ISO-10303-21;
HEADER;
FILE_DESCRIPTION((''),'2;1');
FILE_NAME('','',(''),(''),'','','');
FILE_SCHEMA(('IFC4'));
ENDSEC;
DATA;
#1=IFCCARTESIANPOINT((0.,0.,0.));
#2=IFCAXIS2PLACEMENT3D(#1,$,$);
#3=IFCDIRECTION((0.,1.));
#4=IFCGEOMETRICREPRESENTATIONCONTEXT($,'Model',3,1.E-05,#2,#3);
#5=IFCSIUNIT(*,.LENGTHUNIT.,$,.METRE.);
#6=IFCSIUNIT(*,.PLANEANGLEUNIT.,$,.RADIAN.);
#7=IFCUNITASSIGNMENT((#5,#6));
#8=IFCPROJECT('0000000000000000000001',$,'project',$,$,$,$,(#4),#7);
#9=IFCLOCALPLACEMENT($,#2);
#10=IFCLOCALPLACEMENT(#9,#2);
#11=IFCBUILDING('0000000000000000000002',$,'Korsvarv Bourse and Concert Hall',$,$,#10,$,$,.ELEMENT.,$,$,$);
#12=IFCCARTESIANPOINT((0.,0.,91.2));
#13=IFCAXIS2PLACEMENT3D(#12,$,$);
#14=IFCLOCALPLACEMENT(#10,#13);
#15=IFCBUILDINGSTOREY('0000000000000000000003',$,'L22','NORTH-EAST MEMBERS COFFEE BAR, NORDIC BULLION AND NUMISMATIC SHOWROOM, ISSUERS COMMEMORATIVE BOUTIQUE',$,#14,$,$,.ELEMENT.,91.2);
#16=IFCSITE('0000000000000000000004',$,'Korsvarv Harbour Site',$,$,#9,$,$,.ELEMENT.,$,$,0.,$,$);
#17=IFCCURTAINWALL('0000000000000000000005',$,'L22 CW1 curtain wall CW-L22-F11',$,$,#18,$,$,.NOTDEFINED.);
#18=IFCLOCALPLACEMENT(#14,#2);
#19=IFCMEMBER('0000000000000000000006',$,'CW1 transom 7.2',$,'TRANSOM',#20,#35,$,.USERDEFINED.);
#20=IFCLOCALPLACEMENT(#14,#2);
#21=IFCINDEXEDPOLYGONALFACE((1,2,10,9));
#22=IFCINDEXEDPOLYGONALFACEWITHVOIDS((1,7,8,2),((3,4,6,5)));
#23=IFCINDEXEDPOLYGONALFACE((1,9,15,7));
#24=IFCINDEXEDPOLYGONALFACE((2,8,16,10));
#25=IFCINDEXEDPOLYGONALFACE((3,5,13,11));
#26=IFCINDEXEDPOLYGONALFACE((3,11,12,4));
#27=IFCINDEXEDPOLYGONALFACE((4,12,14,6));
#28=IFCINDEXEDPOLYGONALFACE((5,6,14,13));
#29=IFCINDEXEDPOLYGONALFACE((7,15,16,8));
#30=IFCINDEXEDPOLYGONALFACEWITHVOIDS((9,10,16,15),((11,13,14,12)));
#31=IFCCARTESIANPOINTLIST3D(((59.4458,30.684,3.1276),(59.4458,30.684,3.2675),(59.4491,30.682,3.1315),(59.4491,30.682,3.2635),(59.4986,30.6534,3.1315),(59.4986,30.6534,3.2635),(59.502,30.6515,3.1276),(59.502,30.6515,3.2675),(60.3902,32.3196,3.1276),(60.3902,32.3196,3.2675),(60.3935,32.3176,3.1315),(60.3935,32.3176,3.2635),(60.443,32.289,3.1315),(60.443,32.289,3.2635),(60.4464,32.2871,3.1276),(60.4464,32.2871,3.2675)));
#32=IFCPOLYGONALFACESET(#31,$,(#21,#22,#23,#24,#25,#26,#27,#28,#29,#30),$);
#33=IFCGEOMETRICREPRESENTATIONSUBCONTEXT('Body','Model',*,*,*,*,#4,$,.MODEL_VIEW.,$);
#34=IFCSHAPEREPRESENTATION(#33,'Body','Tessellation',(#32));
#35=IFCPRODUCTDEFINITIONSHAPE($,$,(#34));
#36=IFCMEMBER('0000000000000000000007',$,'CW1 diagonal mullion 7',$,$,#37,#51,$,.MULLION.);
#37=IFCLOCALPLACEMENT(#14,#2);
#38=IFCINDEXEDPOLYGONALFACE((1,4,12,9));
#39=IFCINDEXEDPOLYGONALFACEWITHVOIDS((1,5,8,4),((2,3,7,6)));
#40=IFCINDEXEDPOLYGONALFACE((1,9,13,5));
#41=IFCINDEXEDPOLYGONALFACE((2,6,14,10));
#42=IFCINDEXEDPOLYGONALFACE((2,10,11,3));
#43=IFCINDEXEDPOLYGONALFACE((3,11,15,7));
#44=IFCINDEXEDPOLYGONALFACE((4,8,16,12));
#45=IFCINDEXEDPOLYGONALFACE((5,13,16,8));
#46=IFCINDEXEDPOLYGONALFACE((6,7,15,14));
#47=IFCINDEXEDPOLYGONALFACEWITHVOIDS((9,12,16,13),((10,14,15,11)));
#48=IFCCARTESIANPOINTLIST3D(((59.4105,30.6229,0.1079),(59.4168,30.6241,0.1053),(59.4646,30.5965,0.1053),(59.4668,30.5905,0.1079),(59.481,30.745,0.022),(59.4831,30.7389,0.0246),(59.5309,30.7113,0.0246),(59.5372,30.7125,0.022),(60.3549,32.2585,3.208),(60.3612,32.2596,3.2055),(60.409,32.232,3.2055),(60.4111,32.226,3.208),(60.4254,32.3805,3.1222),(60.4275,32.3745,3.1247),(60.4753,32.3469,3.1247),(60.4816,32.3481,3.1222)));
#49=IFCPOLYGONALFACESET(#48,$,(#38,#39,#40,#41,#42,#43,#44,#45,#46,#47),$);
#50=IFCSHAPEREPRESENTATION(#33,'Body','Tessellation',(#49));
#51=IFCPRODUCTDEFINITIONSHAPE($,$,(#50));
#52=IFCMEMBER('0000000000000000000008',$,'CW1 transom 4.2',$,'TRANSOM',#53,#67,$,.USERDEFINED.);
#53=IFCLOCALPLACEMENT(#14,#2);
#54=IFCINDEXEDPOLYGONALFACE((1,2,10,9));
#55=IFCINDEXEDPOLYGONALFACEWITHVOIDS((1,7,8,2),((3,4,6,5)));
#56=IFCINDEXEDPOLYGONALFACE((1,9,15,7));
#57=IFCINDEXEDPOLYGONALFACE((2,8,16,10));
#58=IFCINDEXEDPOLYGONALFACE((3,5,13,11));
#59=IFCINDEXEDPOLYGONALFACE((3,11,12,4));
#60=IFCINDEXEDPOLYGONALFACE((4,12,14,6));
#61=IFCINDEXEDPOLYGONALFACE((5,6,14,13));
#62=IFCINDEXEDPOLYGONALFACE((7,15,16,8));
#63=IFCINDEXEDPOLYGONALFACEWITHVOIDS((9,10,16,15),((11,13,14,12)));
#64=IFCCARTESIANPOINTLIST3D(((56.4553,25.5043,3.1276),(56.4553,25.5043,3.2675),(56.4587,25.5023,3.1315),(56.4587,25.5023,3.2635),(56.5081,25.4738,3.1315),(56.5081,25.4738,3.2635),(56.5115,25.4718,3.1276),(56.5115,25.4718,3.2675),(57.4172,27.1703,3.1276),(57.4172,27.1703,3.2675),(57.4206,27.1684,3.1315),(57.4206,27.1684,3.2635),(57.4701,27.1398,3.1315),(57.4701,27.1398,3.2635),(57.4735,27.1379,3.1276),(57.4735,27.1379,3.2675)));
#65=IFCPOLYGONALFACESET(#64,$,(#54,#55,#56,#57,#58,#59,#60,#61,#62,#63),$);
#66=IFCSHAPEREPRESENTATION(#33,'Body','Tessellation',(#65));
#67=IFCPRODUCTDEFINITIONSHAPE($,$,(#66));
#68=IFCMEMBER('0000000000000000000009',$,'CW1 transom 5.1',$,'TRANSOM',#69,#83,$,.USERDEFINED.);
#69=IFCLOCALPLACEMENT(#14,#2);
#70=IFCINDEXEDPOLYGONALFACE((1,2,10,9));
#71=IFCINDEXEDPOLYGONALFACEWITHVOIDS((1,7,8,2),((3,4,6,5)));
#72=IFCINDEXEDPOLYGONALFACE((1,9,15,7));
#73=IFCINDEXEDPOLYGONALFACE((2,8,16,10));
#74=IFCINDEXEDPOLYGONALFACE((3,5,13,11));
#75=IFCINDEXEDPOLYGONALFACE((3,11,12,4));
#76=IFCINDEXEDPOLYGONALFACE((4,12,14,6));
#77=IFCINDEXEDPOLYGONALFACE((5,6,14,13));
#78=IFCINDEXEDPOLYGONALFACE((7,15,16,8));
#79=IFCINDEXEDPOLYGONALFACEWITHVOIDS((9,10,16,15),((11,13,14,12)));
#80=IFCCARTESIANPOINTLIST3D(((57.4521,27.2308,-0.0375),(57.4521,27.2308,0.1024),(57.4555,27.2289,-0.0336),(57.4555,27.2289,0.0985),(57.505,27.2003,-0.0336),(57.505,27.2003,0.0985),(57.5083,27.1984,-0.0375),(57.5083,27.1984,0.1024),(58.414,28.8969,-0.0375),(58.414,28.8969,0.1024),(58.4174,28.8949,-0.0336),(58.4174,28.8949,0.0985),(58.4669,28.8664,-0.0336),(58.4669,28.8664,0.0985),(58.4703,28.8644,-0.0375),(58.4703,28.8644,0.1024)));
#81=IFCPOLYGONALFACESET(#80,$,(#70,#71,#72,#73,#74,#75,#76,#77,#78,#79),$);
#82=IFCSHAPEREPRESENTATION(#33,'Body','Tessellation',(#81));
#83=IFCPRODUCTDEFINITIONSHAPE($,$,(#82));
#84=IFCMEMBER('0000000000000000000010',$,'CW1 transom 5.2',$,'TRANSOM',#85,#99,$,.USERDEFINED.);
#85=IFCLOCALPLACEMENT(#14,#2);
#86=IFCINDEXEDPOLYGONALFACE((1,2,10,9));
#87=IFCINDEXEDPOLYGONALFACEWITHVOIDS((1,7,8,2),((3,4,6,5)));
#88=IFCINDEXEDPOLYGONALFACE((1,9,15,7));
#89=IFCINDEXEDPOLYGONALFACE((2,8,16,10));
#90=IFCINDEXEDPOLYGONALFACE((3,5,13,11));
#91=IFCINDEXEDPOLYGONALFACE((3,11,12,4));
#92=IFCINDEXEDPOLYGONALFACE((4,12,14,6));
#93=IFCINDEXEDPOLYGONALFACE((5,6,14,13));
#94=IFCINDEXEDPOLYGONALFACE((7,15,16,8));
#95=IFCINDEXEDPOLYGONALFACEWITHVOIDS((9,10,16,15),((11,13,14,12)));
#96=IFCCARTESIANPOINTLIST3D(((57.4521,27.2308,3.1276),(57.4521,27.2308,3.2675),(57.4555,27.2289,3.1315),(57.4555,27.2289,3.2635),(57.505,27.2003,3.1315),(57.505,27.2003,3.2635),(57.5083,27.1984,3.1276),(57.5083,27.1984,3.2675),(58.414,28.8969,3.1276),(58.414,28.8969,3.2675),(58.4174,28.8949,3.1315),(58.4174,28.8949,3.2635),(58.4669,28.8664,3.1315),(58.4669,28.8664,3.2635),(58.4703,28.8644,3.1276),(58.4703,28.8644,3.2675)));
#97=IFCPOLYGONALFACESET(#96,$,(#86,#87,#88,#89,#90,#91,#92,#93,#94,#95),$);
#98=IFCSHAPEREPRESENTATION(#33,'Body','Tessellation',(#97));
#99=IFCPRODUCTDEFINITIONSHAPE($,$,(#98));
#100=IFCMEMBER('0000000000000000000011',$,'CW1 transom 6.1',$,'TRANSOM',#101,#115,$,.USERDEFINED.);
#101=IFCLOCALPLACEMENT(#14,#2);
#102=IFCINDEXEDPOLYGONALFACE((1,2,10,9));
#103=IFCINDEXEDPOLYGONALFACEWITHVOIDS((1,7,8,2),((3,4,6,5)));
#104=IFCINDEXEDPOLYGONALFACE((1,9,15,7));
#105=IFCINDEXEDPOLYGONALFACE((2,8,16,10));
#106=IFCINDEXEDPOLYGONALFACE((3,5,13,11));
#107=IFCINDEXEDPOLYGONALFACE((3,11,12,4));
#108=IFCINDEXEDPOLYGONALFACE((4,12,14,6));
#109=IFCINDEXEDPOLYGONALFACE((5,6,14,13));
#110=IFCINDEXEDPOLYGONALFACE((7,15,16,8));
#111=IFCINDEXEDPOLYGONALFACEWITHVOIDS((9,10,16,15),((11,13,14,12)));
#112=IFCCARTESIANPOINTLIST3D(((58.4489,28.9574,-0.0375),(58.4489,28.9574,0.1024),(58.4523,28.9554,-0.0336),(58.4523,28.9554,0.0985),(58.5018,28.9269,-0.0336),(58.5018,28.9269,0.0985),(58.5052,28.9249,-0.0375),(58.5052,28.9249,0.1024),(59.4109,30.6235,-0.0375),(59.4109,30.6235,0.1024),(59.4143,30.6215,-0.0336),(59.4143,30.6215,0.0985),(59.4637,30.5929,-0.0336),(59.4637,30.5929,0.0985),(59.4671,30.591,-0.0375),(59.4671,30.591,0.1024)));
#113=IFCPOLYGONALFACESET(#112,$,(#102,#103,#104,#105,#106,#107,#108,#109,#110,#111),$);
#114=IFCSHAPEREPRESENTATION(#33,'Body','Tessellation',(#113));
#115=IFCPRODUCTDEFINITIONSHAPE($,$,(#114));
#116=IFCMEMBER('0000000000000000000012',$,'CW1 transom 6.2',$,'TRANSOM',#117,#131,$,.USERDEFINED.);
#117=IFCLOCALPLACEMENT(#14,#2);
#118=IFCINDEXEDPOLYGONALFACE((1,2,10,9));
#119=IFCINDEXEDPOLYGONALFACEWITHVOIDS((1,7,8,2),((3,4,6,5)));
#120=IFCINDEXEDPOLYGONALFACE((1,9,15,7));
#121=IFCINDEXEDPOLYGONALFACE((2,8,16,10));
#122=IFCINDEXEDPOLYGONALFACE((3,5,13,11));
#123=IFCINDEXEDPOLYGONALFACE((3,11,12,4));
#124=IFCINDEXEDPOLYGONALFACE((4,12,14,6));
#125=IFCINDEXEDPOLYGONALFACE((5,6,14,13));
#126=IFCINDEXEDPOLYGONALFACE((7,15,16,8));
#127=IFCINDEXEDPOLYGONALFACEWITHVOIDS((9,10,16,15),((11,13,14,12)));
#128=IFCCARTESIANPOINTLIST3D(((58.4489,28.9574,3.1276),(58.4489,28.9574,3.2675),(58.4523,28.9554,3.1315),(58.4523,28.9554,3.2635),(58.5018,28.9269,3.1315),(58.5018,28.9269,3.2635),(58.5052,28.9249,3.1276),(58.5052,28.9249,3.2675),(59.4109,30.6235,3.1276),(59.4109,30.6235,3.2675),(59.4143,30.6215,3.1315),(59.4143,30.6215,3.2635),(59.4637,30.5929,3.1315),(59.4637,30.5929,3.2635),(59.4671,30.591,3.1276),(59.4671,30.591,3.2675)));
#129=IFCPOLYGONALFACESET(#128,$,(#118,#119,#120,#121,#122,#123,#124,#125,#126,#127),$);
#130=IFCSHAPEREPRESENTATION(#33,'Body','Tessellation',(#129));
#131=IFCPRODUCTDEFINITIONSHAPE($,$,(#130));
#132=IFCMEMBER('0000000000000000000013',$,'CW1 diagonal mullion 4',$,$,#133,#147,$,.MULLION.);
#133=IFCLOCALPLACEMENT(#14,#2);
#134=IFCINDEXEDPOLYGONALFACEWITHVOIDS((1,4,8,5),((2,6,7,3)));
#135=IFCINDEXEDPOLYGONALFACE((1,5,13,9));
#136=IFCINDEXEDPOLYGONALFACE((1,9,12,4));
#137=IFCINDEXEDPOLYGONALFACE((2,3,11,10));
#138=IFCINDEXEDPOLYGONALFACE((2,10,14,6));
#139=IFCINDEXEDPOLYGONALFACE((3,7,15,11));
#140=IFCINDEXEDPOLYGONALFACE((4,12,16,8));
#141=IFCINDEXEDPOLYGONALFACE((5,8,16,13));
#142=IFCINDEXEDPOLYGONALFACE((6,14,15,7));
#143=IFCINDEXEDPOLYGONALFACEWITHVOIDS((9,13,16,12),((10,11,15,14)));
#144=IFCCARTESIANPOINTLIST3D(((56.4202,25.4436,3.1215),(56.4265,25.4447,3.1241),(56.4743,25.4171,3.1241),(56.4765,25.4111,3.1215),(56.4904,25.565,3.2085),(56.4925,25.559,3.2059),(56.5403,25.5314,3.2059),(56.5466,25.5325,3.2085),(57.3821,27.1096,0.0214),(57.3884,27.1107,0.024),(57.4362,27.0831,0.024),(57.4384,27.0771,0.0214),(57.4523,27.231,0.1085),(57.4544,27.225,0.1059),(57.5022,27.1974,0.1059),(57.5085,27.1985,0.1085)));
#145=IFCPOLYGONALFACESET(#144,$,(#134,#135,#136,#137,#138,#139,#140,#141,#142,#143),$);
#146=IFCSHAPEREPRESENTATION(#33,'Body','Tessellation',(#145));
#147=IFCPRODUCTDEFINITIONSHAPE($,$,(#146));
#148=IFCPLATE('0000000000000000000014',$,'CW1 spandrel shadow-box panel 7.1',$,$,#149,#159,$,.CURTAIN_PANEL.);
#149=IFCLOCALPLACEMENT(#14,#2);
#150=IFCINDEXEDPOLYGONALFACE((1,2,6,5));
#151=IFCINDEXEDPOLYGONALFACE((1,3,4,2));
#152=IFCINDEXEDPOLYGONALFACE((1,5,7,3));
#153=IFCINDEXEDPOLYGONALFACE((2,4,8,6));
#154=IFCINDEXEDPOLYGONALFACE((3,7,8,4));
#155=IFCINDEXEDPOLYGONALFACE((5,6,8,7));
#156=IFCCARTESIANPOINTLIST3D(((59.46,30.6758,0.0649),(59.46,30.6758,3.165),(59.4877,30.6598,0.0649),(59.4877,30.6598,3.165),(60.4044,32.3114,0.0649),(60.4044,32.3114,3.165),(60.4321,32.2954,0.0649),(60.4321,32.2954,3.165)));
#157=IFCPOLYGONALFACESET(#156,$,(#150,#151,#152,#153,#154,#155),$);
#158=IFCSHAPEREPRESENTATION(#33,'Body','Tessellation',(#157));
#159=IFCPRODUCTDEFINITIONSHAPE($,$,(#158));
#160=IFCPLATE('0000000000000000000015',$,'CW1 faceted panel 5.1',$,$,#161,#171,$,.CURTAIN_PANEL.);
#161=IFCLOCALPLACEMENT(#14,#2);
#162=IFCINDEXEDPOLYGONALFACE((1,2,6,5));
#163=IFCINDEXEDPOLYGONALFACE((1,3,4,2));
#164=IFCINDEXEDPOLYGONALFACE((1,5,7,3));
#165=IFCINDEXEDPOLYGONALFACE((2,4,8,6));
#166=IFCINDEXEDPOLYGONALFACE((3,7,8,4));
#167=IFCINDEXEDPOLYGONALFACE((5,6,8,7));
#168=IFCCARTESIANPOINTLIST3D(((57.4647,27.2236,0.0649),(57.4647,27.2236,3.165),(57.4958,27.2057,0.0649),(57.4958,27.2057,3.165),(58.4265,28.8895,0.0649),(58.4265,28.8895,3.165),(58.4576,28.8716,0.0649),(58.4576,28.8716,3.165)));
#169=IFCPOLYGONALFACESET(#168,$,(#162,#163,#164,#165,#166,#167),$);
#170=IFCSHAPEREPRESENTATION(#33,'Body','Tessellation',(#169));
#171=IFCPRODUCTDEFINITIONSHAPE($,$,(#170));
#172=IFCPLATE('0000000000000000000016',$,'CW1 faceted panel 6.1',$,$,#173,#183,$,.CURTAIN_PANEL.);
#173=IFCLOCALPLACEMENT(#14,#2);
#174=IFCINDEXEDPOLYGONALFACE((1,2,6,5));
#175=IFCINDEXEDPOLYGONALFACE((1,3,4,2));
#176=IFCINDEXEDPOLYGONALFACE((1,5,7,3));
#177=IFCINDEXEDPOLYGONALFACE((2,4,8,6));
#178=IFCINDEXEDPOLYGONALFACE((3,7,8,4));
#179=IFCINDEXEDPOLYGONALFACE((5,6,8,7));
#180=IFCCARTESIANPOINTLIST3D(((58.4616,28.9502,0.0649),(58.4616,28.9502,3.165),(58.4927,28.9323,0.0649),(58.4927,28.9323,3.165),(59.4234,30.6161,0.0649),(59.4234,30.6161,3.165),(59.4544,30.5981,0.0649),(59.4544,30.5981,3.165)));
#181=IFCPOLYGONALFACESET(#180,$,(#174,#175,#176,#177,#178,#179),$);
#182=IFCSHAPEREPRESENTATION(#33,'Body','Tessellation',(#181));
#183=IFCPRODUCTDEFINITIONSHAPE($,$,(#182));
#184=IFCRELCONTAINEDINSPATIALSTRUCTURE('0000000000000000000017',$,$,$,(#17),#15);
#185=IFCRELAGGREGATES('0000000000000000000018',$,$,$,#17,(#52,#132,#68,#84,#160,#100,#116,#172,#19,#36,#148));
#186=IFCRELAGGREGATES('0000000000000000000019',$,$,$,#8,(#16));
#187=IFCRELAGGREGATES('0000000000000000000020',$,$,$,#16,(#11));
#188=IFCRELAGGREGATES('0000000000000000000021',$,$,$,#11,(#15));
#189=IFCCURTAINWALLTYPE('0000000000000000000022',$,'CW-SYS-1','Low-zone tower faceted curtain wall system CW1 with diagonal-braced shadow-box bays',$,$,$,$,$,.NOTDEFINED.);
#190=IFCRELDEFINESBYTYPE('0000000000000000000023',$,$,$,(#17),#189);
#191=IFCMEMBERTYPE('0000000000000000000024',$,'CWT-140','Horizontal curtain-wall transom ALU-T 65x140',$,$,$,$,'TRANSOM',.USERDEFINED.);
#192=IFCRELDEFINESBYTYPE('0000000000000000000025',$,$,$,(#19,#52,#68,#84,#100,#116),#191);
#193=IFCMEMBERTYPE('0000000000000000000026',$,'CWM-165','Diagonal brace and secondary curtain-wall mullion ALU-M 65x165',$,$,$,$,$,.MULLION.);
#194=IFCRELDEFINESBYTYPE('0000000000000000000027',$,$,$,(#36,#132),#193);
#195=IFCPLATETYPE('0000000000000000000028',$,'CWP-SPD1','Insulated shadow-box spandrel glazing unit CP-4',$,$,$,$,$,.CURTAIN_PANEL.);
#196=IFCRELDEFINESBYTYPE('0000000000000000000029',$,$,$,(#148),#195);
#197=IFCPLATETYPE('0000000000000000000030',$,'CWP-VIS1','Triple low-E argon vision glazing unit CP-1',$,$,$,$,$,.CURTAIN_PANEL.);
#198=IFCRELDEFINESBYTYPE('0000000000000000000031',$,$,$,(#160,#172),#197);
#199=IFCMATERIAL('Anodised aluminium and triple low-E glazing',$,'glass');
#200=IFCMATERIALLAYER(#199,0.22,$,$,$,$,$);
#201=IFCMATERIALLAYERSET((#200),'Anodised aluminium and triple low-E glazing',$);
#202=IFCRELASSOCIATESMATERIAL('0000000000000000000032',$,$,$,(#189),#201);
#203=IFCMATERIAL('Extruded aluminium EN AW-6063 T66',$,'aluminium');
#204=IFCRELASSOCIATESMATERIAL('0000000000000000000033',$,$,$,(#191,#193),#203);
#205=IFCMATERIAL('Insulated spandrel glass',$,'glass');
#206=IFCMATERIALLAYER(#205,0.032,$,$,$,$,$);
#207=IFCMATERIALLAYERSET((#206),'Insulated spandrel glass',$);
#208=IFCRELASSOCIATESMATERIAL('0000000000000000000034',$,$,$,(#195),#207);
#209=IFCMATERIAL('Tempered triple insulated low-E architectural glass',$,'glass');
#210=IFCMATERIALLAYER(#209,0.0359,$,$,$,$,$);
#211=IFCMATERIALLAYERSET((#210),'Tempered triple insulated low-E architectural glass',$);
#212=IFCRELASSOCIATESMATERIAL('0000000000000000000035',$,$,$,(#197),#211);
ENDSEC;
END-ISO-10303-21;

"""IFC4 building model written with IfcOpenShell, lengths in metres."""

from ifc_helpers import new_model, si_unit, direction, frame, origin, origin_2d, place, context, subcontext, project, spatial, rectangle, hollow_rectangle, extrude, source, transform, mapped, material, layer, layer_set, material_profile, profile_set, type_object, element, aggregate, save


model = new_model("IFC4")

# Units and contexts
model_context = context("Model", 3, precision=1e-05, world=origin(), true_north=direction((0.0, 1.0)))
body_context = subcontext(model_context, "Body", "Model", "MODEL_VIEW")
ifc_project = project(units=[si_unit("LENGTHUNIT", "METRE"), si_unit("PLANEANGLEUNIT", "RADIAN")], contexts=[model_context])

# Site, building, storey
site_placement = place(None, origin())
site = spatial("IfcSite", under=ifc_project, at=site_placement, Name="Korsvarv Harbour Site", CompositionType="ELEMENT", RefElevation=0.0)
building_placement = place(site_placement, origin())
building = spatial("IfcBuilding", under=site, at=building_placement, Name="Korsvarv Bourse and Concert Hall", CompositionType="ELEMENT")
storey_placement = place(building_placement, frame((0.0, 0.0, 91.2)))
storey = spatial("IfcBuildingStorey", under=building, at=storey_placement, Name="L22", Description="NORTH-EAST MEMBERS COFFEE BAR, NORDIC BULLION AND NUMISMATIC SHOWROOM, ISSUERS COMMEMORATIVE BOUTIQUE", CompositionType="ELEMENT", Elevation=91.2)

# Curtain wall, members, plates
ifc_material_1 = material(Name="Anodised aluminium and triple low-E glazing", Category="glass")
ifc_layer_1 = layer(ifc_material_1, 0.22)
ifc_layer_set_1 = layer_set([ifc_layer_1], Name="Anodised aluminium and triple low-E glazing")
curtain_wall_type = type_object("IfcCurtainWallType", Name="CW-SYS-1", Description="Low-zone tower faceted curtain wall system CW1 with diagonal-braced shadow-box bays", PredefinedType="NOTDEFINED", material=ifc_layer_set_1)
curtain_wall_placement = place(storey_placement, origin())
curtain_wall = element("IfcCurtainWall", 1, at=curtain_wall_placement, inside=storey, type_object=curtain_wall_type, Name="L22 CW1 curtain wall CW-L22-F11", PredefinedType="NOTDEFINED")
ifc_material_2 = material(Name="Extruded aluminium EN AW-6063 T66", Category="aluminium")
ifc_material_profile_1 = material_profile(ifc_material_2, hollow_rectangle(XDim=0.0649, YDim=0.1399, WallThickness=0.0039, at=origin_2d()), Name="ALU-T 65x140")
ifc_profile_set_1 = profile_set([ifc_material_profile_1], Name="Extruded aluminium EN AW-6063 T66")
member_type_1 = type_object("IfcMemberType", Name="CWT-140", Description="Horizontal curtain-wall transom ALU-T 65x140", ElementType="TRANSOM", PredefinedType="USERDEFINED", material=ifc_profile_set_1)
shared_shape_1 = source(origin(), body_context, "Body", "SweptSolid", [
    extrude(hollow_rectangle(XDim=0.0649, YDim=0.1399, WallThickness=0.0039, at=origin_2d()), origin(), (0.0, 0.0, 1.0), 1.8887),
])
member_1_placement = place(storey_placement, frame((59.4739, 30.6677, 3.1975), z_axis=(0.500032, 0.866007, 0.0), x_axis=(-0.866007, 0.500032, 0.0)))
member_1 = element("IfcMember", 2, at=member_1_placement, type_object=member_type_1, Name="CW1 transom 7.2", ObjectType="TRANSOM", PredefinedType="USERDEFINED", context=body_context, shape_type="MappedRepresentation", body=[
    mapped(shared_shape_1, transform((0.0, 0.0, 0.0), scale=1.0)),
])
ifc_material_profile_2 = material_profile(ifc_material_2, hollow_rectangle(XDim=0.0649, YDim=0.165, WallThickness=0.0049, at=origin_2d()), Name="ALU-M 65x165")
ifc_profile_set_2 = profile_set([ifc_material_profile_2], Name="Extruded aluminium EN AW-6063 T66")
member_type_2 = type_object("IfcMemberType", Name="CWM-165", Description="Diagonal brace and secondary curtain-wall mullion ALU-M 65x165", PredefinedType="MULLION", material=ifc_profile_set_2)
shared_shape_2 = source(origin(), body_context, "Body", "SweptSolid", [
    extrude(hollow_rectangle(XDim=0.0649, YDim=0.165, WallThickness=0.0049, at=origin_2d()), origin(), (0.0, 0.0, 1.0), 3.6301),
])
member_2_placement = place(storey_placement, frame((59.4739, 30.6677, 0.0649), z_axis=(0.260144, 0.450545, 0.854011), x_axis=(-0.866007, 0.500032, 0.0)))
member_2 = element("IfcMember", 3, at=member_2_placement, type_object=member_type_2, Name="CW1 diagonal mullion 7", PredefinedType="MULLION", context=body_context, shape_type="MappedRepresentation", body=[
    mapped(shared_shape_2, transform((0.0, 0.0, 0.0), scale=1.0)),
])
shared_shape_3 = source(origin(), body_context, "Body", "SweptSolid", [
    extrude(hollow_rectangle(XDim=0.0649, YDim=0.1399, WallThickness=0.0039, at=origin_2d()), origin(), (0.0, 0.0, 1.0), 1.9238),
])
member_3_placement = place(storey_placement, frame((56.4834, 25.488, 3.1975), z_axis=(0.500015, 0.866017, 0.0), x_axis=(-0.866017, 0.500015, 0.0)))
member_3 = element("IfcMember", 4, at=member_3_placement, type_object=member_type_1, Name="CW1 transom 4.2", ObjectType="TRANSOM", PredefinedType="USERDEFINED", context=body_context, shape_type="MappedRepresentation", body=[
    mapped(shared_shape_3, transform((0.0, 0.0, 0.0), scale=1.0)),
])
member_4_placement = place(storey_placement, frame((57.4802, 27.2146, 0.0325), z_axis=(0.500015, 0.866017, 0.0), x_axis=(-0.866017, 0.500015, 0.0)))
member_4 = element("IfcMember", 5, at=member_4_placement, type_object=member_type_1, Name="CW1 transom 5.1", ObjectType="TRANSOM", PredefinedType="USERDEFINED", context=body_context, shape_type="MappedRepresentation", body=[
    mapped(shared_shape_3, transform((0.0, 0.0, 0.0), scale=1.0)),
])
member_5_placement = place(storey_placement, frame((57.4802, 27.2146, 3.1975), z_axis=(0.500015, 0.866017, 0.0), x_axis=(-0.866017, 0.500015, 0.0)))
member_5 = element("IfcMember", 6, at=member_5_placement, type_object=member_type_1, Name="CW1 transom 5.2", ObjectType="TRANSOM", PredefinedType="USERDEFINED", context=body_context, shape_type="MappedRepresentation", body=[
    mapped(shared_shape_3, transform((0.0, 0.0, 0.0), scale=1.0)),
])
member_6_placement = place(storey_placement, frame((58.4771, 28.9412, 0.0325), z_axis=(0.500015, 0.866017, 0.0), x_axis=(-0.866017, 0.500015, 0.0)))
member_6 = element("IfcMember", 7, at=member_6_placement, type_object=member_type_1, Name="CW1 transom 6.1", ObjectType="TRANSOM", PredefinedType="USERDEFINED", context=body_context, shape_type="MappedRepresentation", body=[
    mapped(shared_shape_3, transform((0.0, 0.0, 0.0), scale=1.0)),
])
member_7_placement = place(storey_placement, frame((58.4771, 28.9412, 3.1975), z_axis=(0.500015, 0.866017, 0.0), x_axis=(-0.866017, 0.500015, 0.0)))
member_7 = element("IfcMember", 8, at=member_7_placement, type_object=member_type_1, Name="CW1 transom 6.2", ObjectType="TRANSOM", PredefinedType="USERDEFINED", context=body_context, shape_type="MappedRepresentation", body=[
    mapped(shared_shape_3, transform((0.0, 0.0, 0.0), scale=1.0)),
])
shared_shape_4 = source(origin(), body_context, "Body", "SweptSolid", [
    extrude(hollow_rectangle(XDim=0.0649, YDim=0.165, WallThickness=0.0049, at=origin_2d()), origin(), (0.0, 0.0, 1.0), 3.6484),
])
member_8_placement = place(storey_placement, frame((57.4453, 27.1541, 0.0649), z_axis=(-0.263647, -0.456631, 0.849693), x_axis=(0.866017, -0.500015, 0.0)))
member_8 = element("IfcMember", 9, at=member_8_placement, type_object=member_type_2, Name="CW1 diagonal mullion 4", PredefinedType="MULLION", context=body_context, shape_type="MappedRepresentation", body=[
    mapped(shared_shape_4, transform((0.0, 0.0, 0.0), scale=1.0)),
])
ifc_material_3 = material(Name="Insulated spandrel glass", Category="glass")
ifc_layer_2 = layer(ifc_material_3, 0.032)
ifc_layer_set_2 = layer_set([ifc_layer_2], Name="Insulated spandrel glass")
plate_type_1 = type_object("IfcPlateType", Name="CWP-SPD1", Description="Insulated shadow-box spandrel glazing unit CP-4", PredefinedType="CURTAIN_PANEL", material=ifc_layer_set_2)
shared_shape_5 = source(origin(), body_context, "Body", "SweptSolid", [
    extrude(rectangle(XDim=1.8887, YDim=0.032, at=origin_2d()), origin(), (0.0, 0.0, 1.0), 3.1001),
])
plate_1_placement = place(storey_placement, frame((59.946, 31.4856, 0.0649), z_axis=(0.0, 0.0, 1.0), x_axis=(0.499999, 0.866026, 0.0)))
plate_1 = element("IfcPlate", 10, at=plate_1_placement, type_object=plate_type_1, Name="CW1 spandrel shadow-box panel 7.1", PredefinedType="CURTAIN_PANEL", context=body_context, shape_type="MappedRepresentation", body=[
    mapped(shared_shape_5, transform((0.0, 0.0, 0.0), scale=1.0)),
])
ifc_material_4 = material(Name="Tempered triple insulated low-E architectural glass", Category="glass")
ifc_layer_3 = layer(ifc_material_4, 0.0359)
ifc_layer_set_3 = layer_set([ifc_layer_3], Name="Tempered triple insulated low-E architectural glass")
plate_type_2 = type_object("IfcPlateType", Name="CWP-VIS1", Description="Triple low-E argon vision glazing unit CP-1", PredefinedType="CURTAIN_PANEL", material=ifc_layer_set_3)
shared_shape_6 = source(origin(), body_context, "Body", "SweptSolid", [
    extrude(rectangle(XDim=1.9236, YDim=0.0359, at=origin_2d()), origin(), (0.0, 0.0, 1.0), 3.1001),
])
plate_2_placement = place(storey_placement, frame((57.9612, 28.0476, 0.0649), z_axis=(0.0, 0.0, 1.0), x_axis=(0.499999, 0.866026, 0.0)))
plate_2 = element("IfcPlate", 11, at=plate_2_placement, type_object=plate_type_2, Name="CW1 faceted panel 5.1", PredefinedType="CURTAIN_PANEL", context=body_context, shape_type="MappedRepresentation", body=[
    mapped(shared_shape_6, transform((0.0, 0.0, 0.0), scale=1.0)),
])
plate_3_placement = place(storey_placement, frame((58.958, 29.7742, 0.0649), z_axis=(0.0, 0.0, 1.0), x_axis=(0.499999, 0.866026, 0.0)))
plate_3 = element("IfcPlate", 12, at=plate_3_placement, type_object=plate_type_2, Name="CW1 faceted panel 6.1", PredefinedType="CURTAIN_PANEL", context=body_context, shape_type="MappedRepresentation", body=[
    mapped(shared_shape_6, transform((0.0, 0.0, 0.0), scale=1.0)),
])
aggregate(curtain_wall, [member_3, member_8, member_4, member_5, plate_2, member_6, member_7, plate_3, member_1, member_2, plate_1])

save(model, "model.ifc")
